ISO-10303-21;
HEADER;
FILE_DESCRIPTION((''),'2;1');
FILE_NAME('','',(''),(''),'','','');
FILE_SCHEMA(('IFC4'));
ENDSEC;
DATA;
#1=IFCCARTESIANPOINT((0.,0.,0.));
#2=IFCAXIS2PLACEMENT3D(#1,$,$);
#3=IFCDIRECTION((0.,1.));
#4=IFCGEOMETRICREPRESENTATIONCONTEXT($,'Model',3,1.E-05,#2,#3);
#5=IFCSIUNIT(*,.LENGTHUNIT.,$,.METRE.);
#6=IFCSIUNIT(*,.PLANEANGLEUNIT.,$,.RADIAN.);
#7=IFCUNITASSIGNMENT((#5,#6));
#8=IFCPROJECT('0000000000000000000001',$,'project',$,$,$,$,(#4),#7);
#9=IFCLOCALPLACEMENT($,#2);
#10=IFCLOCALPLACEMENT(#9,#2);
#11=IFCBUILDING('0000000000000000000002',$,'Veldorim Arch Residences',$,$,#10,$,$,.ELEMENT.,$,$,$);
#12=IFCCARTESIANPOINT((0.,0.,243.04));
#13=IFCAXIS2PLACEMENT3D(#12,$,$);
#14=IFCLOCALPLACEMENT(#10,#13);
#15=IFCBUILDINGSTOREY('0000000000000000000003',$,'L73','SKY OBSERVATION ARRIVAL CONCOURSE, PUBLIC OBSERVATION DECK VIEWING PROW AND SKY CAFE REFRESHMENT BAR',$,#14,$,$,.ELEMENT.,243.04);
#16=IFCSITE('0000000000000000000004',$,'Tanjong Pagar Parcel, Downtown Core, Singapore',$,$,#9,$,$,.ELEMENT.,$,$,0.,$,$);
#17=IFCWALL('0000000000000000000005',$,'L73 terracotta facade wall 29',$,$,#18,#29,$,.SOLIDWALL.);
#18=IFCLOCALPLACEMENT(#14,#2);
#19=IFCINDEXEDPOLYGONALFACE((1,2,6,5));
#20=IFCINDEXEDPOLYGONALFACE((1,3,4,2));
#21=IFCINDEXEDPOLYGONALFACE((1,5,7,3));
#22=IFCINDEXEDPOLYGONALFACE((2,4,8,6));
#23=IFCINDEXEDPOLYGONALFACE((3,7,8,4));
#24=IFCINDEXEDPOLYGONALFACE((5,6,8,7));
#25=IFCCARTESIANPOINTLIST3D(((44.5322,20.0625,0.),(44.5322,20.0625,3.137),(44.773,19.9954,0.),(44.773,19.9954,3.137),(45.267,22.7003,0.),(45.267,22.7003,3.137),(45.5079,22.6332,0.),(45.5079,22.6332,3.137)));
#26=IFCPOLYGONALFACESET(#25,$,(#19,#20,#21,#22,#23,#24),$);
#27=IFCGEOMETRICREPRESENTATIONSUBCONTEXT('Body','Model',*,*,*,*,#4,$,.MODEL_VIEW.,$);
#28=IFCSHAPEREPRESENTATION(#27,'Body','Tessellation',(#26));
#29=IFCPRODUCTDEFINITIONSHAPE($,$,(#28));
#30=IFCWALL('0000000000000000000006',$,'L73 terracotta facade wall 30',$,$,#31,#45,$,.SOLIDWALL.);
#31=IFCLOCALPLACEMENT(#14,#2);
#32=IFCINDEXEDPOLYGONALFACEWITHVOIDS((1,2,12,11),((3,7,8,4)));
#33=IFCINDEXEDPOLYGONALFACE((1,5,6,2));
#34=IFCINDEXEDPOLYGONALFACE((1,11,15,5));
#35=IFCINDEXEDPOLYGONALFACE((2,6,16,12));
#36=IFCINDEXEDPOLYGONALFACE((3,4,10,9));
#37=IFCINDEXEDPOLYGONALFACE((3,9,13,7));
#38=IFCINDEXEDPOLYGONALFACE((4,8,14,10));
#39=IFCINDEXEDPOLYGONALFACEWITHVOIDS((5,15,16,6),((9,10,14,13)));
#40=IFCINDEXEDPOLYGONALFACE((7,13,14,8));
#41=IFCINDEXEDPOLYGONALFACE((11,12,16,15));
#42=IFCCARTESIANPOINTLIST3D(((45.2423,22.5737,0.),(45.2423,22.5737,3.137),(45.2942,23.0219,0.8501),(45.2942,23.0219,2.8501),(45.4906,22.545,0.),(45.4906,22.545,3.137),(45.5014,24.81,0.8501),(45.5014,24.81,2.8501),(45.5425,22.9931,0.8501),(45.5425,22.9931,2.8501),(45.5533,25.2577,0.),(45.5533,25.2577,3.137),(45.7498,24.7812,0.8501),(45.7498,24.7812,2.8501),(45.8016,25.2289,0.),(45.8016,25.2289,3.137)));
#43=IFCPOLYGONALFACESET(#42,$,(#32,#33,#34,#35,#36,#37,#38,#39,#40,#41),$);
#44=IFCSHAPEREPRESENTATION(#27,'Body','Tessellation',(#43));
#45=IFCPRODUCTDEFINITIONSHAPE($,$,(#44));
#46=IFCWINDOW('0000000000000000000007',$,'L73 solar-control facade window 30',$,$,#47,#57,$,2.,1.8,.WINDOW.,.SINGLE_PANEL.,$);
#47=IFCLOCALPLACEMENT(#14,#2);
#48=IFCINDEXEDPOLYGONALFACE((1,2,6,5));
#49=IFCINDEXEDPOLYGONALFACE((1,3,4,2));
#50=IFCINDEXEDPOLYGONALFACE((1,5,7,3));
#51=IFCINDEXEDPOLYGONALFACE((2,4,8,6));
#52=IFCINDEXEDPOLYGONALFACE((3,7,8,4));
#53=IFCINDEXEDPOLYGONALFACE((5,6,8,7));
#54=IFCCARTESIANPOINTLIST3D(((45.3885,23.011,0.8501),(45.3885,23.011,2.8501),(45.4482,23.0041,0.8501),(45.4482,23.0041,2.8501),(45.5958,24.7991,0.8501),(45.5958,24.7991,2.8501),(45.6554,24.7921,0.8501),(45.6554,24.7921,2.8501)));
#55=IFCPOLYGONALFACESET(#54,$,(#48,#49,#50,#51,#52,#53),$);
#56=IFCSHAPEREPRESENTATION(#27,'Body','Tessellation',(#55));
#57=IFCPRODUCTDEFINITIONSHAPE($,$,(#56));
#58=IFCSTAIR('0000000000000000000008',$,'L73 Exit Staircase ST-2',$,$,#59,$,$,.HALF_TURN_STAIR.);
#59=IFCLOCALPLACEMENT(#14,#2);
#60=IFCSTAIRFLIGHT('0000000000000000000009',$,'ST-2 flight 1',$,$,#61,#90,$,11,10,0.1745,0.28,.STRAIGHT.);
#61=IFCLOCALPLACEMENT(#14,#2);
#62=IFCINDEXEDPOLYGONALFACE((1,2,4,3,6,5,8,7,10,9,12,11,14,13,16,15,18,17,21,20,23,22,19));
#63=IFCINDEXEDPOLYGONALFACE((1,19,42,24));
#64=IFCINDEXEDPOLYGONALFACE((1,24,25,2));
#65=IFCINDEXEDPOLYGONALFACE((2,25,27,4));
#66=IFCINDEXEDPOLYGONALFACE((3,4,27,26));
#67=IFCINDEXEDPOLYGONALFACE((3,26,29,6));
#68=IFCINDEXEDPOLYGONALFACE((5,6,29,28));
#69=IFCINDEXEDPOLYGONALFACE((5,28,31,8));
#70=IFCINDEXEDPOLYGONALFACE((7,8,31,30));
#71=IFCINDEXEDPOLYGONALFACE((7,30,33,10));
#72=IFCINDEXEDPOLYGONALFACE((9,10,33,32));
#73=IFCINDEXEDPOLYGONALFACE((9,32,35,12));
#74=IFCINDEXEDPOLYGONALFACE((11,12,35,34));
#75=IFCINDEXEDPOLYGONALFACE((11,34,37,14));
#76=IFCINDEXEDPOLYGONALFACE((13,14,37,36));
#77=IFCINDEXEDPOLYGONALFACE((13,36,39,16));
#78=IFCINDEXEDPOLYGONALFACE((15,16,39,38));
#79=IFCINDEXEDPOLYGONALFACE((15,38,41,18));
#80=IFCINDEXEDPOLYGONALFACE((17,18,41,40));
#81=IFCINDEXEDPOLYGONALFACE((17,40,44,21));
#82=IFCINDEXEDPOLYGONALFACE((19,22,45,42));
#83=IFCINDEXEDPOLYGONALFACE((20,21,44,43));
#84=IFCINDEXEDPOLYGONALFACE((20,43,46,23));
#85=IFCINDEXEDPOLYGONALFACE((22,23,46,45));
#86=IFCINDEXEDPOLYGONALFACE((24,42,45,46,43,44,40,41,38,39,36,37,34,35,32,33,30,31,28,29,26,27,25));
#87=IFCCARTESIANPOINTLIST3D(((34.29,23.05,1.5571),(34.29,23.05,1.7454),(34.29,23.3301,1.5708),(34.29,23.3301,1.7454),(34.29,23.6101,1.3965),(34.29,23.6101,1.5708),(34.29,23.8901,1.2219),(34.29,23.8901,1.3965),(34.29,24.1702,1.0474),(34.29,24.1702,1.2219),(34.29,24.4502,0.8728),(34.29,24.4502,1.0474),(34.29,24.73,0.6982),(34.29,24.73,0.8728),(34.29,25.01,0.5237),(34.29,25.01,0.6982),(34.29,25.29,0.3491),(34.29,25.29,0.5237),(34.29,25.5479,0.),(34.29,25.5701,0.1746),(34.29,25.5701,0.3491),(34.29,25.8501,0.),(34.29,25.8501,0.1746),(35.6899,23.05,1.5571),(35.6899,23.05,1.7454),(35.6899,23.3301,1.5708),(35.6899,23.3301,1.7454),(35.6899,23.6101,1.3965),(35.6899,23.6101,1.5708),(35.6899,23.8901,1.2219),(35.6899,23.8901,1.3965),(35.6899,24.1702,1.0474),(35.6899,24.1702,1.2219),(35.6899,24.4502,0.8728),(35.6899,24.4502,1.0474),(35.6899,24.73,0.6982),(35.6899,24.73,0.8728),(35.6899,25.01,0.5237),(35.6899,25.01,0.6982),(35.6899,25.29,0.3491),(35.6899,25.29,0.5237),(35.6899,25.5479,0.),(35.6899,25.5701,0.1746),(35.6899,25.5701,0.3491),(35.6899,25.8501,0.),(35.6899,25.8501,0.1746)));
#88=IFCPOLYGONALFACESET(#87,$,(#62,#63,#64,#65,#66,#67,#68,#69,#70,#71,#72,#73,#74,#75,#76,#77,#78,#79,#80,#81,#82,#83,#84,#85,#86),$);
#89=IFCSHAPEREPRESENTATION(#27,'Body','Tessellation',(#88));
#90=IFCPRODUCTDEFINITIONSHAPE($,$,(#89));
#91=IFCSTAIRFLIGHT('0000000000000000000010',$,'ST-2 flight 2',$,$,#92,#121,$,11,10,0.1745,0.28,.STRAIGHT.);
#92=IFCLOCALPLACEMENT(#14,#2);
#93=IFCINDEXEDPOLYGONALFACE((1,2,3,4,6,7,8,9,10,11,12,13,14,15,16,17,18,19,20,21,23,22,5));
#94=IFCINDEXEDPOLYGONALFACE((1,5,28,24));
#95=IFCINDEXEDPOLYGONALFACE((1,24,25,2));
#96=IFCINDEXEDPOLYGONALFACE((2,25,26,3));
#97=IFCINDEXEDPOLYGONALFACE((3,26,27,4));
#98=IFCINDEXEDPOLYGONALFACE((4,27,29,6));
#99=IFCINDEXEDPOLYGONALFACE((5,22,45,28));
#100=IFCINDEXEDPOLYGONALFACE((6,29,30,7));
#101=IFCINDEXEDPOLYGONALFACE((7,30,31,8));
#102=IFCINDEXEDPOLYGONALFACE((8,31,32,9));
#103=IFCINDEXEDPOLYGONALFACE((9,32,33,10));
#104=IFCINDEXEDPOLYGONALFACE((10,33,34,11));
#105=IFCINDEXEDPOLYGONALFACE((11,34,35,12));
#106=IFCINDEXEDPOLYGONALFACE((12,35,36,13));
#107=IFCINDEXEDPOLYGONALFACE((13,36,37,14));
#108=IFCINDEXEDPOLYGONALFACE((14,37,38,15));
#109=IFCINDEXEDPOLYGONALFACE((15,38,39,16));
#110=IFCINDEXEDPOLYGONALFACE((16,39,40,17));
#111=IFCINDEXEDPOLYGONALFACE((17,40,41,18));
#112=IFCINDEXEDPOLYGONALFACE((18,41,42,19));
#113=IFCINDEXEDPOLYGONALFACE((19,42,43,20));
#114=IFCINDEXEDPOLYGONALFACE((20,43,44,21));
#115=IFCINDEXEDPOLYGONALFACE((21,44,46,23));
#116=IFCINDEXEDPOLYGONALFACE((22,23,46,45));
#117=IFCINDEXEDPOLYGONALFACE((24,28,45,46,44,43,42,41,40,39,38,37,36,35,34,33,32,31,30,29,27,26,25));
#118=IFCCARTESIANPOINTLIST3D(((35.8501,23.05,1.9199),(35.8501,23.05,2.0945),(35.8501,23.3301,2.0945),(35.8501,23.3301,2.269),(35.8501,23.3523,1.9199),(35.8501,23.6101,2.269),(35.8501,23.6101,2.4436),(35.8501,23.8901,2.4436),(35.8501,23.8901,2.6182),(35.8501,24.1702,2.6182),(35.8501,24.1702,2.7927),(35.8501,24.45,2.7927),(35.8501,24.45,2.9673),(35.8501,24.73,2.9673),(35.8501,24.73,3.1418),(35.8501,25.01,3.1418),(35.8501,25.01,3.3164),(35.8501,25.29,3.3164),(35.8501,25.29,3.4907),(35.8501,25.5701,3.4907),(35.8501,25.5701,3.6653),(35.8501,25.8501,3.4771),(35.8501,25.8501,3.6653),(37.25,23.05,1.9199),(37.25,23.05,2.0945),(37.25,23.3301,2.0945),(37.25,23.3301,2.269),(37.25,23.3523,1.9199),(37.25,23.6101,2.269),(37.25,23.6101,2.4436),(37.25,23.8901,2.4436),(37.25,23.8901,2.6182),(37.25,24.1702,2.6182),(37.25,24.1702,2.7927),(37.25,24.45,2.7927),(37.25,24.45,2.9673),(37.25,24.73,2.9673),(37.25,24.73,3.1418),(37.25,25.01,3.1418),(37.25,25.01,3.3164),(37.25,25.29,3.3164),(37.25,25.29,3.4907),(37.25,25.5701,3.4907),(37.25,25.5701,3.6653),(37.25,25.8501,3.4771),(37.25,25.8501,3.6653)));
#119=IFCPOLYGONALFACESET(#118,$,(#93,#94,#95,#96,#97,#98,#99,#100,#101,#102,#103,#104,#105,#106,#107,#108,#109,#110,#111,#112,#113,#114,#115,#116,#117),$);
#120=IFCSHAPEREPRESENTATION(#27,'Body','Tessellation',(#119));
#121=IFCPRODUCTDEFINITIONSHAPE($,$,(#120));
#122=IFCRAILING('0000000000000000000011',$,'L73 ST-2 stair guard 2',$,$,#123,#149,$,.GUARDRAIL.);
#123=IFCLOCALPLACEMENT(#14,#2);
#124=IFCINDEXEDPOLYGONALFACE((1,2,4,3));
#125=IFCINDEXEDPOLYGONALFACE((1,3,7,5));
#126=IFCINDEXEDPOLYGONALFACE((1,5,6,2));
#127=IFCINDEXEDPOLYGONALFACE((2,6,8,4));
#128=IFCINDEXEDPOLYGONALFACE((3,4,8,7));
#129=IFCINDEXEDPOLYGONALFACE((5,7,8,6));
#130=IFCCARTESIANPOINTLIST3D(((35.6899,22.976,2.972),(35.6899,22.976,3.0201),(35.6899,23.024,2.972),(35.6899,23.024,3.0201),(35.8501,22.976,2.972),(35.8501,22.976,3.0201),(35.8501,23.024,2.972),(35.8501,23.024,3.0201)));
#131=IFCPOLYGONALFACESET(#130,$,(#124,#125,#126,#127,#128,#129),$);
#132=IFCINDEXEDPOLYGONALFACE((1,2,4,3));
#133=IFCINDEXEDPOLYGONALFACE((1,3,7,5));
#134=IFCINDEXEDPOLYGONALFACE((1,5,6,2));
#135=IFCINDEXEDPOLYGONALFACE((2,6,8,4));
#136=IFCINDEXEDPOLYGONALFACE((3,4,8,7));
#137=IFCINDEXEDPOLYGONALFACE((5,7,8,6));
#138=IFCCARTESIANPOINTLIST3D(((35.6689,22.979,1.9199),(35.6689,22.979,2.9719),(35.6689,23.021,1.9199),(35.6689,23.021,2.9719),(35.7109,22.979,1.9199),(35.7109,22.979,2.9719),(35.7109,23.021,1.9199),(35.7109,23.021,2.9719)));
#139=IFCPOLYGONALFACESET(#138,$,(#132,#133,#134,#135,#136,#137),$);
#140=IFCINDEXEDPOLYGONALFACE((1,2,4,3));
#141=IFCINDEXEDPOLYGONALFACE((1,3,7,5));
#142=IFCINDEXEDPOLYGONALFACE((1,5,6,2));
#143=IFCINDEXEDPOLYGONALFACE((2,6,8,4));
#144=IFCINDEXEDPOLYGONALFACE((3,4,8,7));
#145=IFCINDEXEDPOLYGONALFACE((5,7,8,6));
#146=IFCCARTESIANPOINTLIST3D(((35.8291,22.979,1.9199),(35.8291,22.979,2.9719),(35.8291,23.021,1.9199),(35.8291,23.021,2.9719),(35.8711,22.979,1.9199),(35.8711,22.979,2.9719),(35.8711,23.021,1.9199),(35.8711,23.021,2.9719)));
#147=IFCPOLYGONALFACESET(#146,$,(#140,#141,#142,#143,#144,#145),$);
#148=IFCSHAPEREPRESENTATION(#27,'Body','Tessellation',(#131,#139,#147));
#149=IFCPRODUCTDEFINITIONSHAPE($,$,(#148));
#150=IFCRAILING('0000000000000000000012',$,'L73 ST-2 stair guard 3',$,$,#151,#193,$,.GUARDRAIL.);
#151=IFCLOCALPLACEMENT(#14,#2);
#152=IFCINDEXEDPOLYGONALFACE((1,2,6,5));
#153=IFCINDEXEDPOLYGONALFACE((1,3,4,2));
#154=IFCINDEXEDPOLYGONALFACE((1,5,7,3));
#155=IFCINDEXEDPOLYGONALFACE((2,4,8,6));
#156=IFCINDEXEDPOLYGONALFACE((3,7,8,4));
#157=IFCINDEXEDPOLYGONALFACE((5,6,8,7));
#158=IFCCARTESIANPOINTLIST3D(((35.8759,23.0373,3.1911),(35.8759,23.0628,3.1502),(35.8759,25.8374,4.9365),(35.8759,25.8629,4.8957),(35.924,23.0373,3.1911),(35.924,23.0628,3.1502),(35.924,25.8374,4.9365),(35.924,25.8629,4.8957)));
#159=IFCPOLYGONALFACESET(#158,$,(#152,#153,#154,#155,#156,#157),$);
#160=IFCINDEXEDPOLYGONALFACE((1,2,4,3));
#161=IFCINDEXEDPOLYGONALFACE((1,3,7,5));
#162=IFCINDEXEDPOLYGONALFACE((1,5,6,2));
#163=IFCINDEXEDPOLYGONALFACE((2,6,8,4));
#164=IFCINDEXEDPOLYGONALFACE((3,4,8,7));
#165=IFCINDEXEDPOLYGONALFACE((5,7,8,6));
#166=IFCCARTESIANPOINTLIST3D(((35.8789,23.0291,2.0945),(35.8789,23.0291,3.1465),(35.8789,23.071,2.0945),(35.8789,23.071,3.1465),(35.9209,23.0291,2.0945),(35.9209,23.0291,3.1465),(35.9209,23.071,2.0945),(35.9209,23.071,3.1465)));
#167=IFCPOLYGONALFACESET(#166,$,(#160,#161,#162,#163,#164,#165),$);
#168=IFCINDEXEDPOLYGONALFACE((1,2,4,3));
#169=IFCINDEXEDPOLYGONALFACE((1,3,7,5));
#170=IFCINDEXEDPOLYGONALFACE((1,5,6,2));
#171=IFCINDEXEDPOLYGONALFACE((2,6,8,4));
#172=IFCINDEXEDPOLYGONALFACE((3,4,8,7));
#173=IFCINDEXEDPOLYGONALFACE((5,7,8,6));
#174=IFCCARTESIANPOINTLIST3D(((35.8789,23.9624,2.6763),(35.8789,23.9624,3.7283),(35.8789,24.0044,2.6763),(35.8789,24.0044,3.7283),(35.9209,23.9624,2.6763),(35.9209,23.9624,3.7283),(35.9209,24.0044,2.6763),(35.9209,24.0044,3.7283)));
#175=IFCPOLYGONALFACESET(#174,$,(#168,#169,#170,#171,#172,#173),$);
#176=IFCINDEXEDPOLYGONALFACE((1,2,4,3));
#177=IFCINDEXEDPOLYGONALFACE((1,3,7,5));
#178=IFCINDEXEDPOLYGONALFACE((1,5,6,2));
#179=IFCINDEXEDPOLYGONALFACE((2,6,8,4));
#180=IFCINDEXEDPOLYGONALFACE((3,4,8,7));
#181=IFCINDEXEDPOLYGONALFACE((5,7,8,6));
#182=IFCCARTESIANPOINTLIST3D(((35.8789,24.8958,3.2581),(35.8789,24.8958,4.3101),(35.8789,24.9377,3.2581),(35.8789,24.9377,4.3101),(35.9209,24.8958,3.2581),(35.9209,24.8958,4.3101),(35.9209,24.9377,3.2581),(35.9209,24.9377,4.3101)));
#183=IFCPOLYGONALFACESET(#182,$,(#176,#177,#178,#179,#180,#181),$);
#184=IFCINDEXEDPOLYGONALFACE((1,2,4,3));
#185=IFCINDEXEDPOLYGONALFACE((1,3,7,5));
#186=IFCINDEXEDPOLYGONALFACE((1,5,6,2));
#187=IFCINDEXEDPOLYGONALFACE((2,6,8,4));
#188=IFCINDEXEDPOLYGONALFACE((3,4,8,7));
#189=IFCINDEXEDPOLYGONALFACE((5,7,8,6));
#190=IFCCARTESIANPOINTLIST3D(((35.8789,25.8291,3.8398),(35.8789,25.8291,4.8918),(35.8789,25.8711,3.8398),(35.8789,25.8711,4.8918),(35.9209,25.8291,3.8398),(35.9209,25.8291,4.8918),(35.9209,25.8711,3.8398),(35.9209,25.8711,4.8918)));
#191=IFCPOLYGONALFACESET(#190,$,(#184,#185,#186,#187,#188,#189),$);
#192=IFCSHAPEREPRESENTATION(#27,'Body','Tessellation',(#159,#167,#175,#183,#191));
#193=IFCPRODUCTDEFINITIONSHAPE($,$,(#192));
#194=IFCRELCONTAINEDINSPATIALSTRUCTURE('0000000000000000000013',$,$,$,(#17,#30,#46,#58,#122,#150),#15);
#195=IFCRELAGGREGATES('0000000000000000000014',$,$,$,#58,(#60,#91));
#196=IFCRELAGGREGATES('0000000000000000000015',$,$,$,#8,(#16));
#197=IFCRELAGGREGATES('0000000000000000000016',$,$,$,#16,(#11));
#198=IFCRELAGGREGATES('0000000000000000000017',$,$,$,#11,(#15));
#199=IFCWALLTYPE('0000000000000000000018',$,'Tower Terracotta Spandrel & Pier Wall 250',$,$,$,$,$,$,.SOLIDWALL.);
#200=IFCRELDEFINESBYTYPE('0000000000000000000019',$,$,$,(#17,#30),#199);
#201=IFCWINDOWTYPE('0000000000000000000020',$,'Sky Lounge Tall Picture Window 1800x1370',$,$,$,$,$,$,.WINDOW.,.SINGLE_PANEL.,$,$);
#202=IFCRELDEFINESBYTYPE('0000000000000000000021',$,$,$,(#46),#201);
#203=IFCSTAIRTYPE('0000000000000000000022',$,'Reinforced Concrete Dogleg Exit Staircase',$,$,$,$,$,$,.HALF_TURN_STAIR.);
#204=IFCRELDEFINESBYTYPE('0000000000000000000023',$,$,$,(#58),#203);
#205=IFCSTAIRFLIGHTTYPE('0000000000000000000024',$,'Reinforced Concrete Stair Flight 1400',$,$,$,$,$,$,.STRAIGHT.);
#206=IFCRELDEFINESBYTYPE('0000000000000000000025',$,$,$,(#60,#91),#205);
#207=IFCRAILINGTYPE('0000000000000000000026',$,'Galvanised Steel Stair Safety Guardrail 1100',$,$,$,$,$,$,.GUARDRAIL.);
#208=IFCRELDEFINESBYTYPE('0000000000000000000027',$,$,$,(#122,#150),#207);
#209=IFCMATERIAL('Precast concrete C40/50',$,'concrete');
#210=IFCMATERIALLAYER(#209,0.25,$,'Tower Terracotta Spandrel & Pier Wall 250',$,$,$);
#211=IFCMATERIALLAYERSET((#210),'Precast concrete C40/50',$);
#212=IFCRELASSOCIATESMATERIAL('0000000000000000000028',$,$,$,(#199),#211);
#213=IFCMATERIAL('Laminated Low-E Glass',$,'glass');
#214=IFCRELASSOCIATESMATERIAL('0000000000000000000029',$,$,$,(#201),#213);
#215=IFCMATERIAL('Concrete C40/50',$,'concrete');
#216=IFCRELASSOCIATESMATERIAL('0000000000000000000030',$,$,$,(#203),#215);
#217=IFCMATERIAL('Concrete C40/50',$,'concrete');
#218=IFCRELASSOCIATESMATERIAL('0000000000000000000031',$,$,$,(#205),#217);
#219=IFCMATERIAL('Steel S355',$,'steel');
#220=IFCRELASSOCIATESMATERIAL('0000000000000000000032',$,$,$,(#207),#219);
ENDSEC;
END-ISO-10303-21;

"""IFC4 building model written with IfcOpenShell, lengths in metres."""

from ifc_helpers import new_model, si_unit, direction, frame, frame_2d, origin, origin_2d, place, context, subcontext, project, spatial, polyline, rectangle, outline, extrude, material, layer, layer_set, type_object, element, fill, aggregate, save


model = new_model("IFC4")

# Units and contexts
model_context = context("Model", 3, precision=1e-05, world=origin(), true_north=direction((0.0, 1.0)))
body_context = subcontext(model_context, "Body", "Model", "MODEL_VIEW")
ifc_project = project(units=[si_unit("LENGTHUNIT", "METRE"), si_unit("PLANEANGLEUNIT", "RADIAN")], contexts=[model_context])

# Site, building, storey
site_placement = place(None, origin())
site = spatial("IfcSite", under=ifc_project, at=site_placement, Name="Tanjong Pagar Parcel, Downtown Core, Singapore", CompositionType="ELEMENT", RefElevation=0.0)
building_placement = place(site_placement, origin())
building = spatial("IfcBuilding", under=site, at=building_placement, Name="Veldorim Arch Residences", CompositionType="ELEMENT")
storey_placement = place(building_placement, frame((0.0, 0.0, 243.04)))
storey = spatial("IfcBuildingStorey", under=building, at=storey_placement, Name="L73", Description="SKY OBSERVATION ARRIVAL CONCOURSE, PUBLIC OBSERVATION DECK VIEWING PROW AND SKY CAFE REFRESHMENT BAR", CompositionType="ELEMENT", Elevation=243.04)

# Shared definitions
ifc_material_1 = material(Name="Precast concrete C40/50", Category="concrete")
ifc_layer_1 = layer(ifc_material_1, 0.25, Name="Tower Terracotta Spandrel & Pier Wall 250")
ifc_layer_set_1 = layer_set([ifc_layer_1], Name="Precast concrete C40/50")
wall_type_1 = type_object("IfcWallType", Name="Tower Terracotta Spandrel & Pier Wall 250", PredefinedType="SOLIDWALL", material=ifc_layer_set_1)

# Shared definitions
ifc_material_2 = material(Name="Laminated Low-E Glass", Category="glass")
window_type = type_object("IfcWindowType", Name="Sky Lounge Tall Picture Window 1800x1370", PartitioningType="SINGLE_PANEL", PredefinedType="WINDOW", material=ifc_material_2)

# Wall
wall_1_placement = place(storey_placement, frame((45.3875, 22.6667, 0.0), z_axis=(0.0, 0.0, 1.0), x_axis=(-0.268357, -0.96332, 0.0)))
element("IfcWall", 1, at=wall_1_placement, inside=storey, type_object=wall_type_1, Name="L73 terracotta facade wall 29", PredefinedType="SOLIDWALL", context=body_context, shape_type="SweptSolid", body=[
    extrude(rectangle(XDim=2.7383, YDim=0.25, at=frame_2d((1.3691, 0.0))), origin(), (0.0, 0.0, 1.0), 3.137),
])

# Wall, opening, window
wall_2_placement = place(storey_placement, frame((45.6775, 25.2434, 0.0), z_axis=(0.0, 0.0, 1.0), x_axis=(-0.115121, -0.993351, 0.0)))
wall_2 = element("IfcWall", 2, at=wall_2_placement, inside=storey, type_object=wall_type_1, Name="L73 terracotta facade wall 30", PredefinedType="SOLIDWALL", context=body_context, shape_type="SweptSolid", body=[
    extrude(rectangle(XDim=2.7019, YDim=0.25, at=frame_2d((1.3511, 0.0))), origin(), (0.0, 0.0, 1.0), 3.137),
])
opening_1_placement = place(wall_2_placement, frame((0.4509, 0.0, 0.8501)))
opening_1 = element("IfcOpeningElement", 3, at=opening_1_placement, cuts=wall_2, PredefinedType="OPENING", context=body_context, shape_type="SweptSolid", body=[
    extrude(rectangle(XDim=1.8, YDim=2.0, at=frame_2d((0.8999, 1.0))), frame((0.0, 0.135, 0.0), z_axis=(0.0, -1.0, 0.0), x_axis=(1.0, 0.0, 0.0)), (0.0, 0.0, 1.0), 0.27),
])
window_1_placement = place(opening_1_placement, origin())
window_1 = element("IfcWindow", 4, at=window_1_placement, inside=storey, type_object=window_type, Name="L73 solar-control facade window 30", OverallHeight=2.0, OverallWidth=1.8, PartitioningType="SINGLE_PANEL", PredefinedType="WINDOW", context=body_context, shape_type="SweptSolid", body=[
    extrude(rectangle(XDim=1.8, YDim=2.0, at=frame_2d((0.8999, 1.0))), frame((0.0, 0.03, 0.0), z_axis=(0.0, -1.0, 0.0), x_axis=(1.0, 0.0, 0.0)), (0.0, 0.0, 1.0), 0.0601),
])
fill(opening_1, window_1)

# Stair, stair flights
ifc_material_3 = material(Name="Concrete C40/50", Category="concrete")
stair_type = type_object("IfcStairType", Name="Reinforced Concrete Dogleg Exit Staircase", PredefinedType="HALF_TURN_STAIR", material=ifc_material_3)
stair_placement = place(storey_placement, origin())
stair = element("IfcStair", 5, at=stair_placement, inside=storey, type_object=stair_type, Name="L73 Exit Staircase ST-2", PredefinedType="HALF_TURN_STAIR")
ifc_material_4 = material(Name="Concrete C40/50", Category="concrete")
stair_flight_type = type_object("IfcStairFlightType", Name="Reinforced Concrete Stair Flight 1400", PredefinedType="STRAIGHT", material=ifc_material_4)
stair_flight_1_placement = place(storey_placement, frame((34.99, 25.8501, 0.0), z_axis=(0.0, 0.0, 1.0), x_axis=(0.0, -1.0, 0.0)))
stair_flight_1 = element("IfcStairFlight", 6, at=stair_flight_1_placement, type_object=stair_flight_type, Name="ST-2 flight 1", NumberOfRisers=11, NumberOfTreads=10, PredefinedType="STRAIGHT", RiserHeight=0.1745, TreadLength=0.28, context=body_context, shape_type="SweptSolid", body=[
    extrude(outline(polyline([(0.0, 0.0), (0.0, 0.1746), (0.28, 0.1746), (0.28, 0.3491), (0.5601, 0.3491), (0.5601, 0.5237), (0.8401, 0.5237), (0.8401, 0.6982), (1.1201, 0.6982), (1.1201, 0.8728), (1.3999, 0.8728), (1.3999, 1.0474), (1.6799, 1.0474), (1.6799, 1.2219), (1.96, 1.2219), (1.96, 1.3965), (2.24, 1.3965), (2.24, 1.5708), (2.52, 1.5708), (2.52, 1.7454), (2.8, 1.7454), (2.8, 1.9199), (2.8, 1.5571), (0.3022, 0.0), (0.0, 0.0)])), frame((0.0, 0.7, 0.0), z_axis=(0.0, -1.0, 0.0), x_axis=(1.0, 0.0, 0.0)), (0.0, 0.0, 1.0), 1.3999),
])
stair_flight_2_placement = place(storey_placement, frame((36.55, 23.05, 1.9199), z_axis=(0.0, 0.0, 1.0), x_axis=(0.0, 1.0, 0.0)))
stair_flight_2 = element("IfcStairFlight", 7, at=stair_flight_2_placement, type_object=stair_flight_type, Name="ST-2 flight 2", NumberOfRisers=11, NumberOfTreads=10, PredefinedType="STRAIGHT", RiserHeight=0.1745, TreadLength=0.28, context=body_context, shape_type="SweptSolid", body=[
    extrude(outline(polyline([(0.0, 0.0), (0.0, 0.1746), (0.28, 0.1746), (0.28, 0.3491), (0.5601, 0.3491), (0.5601, 0.5237), (0.8401, 0.5237), (0.8401, 0.6982), (1.1201, 0.6982), (1.1201, 0.8728), (1.3999, 0.8728), (1.3999, 1.0474), (1.6799, 1.0474), (1.6799, 1.2219), (1.96, 1.2219), (1.96, 1.3965), (2.24, 1.3965), (2.24, 1.5708), (2.52, 1.5708), (2.52, 1.7454), (2.8, 1.7454), (2.8, 1.9199), (2.8, 1.5571), (0.3022, 0.0), (0.0, 0.0)])), frame((0.0, 0.7, 0.0), z_axis=(0.0, -1.0, 0.0), x_axis=(1.0, 0.0, 0.0)), (0.0, 0.0, 1.0), 1.3999),
])
aggregate(stair, [stair_flight_1, stair_flight_2])

# Railings
ifc_material_5 = material(Name="Steel S355", Category="steel")
railing_type_1 = type_object("IfcRailingType", Name="Galvanised Steel Stair Safety Guardrail 1100", PredefinedType="GUARDRAIL", material=ifc_material_5)
railing_1_placement = place(storey_placement, frame((35.6899, 23.0, 1.9199)))
element("IfcRailing", 8, at=railing_1_placement, inside=storey, type_object=railing_type_1, Name="L73 ST-2 stair guard 2", PredefinedType="GUARDRAIL", context=body_context, shape_type="SweptSolid", body=[
    extrude(rectangle(XDim=0.0481, YDim=0.0481, at=origin_2d()), frame((0.0, 0.0, 1.0762), z_axis=(1.0, 0.0, 0.0), x_axis=(0.0, 1.0, 0.0)), (0.0, 0.0, 1.0), 0.1602),
    extrude(rectangle(XDim=0.042, YDim=0.042, at=origin_2d()), origin(), (0.0, 0.0, 1.0), 1.052),
    extrude(rectangle(XDim=0.042, YDim=0.042, at=origin_2d()), frame((0.1602, 0.0, 0.0)), (0.0, 0.0, 1.0), 1.052),
])
railing_2_placement = place(storey_placement, frame((35.8999, 23.05, 2.0945)))
element("IfcRailing", 9, at=railing_2_placement, inside=storey, type_object=railing_type_1, Name="L73 ST-2 stair guard 3", PredefinedType="GUARDRAIL", context=body_context, shape_type="SweptSolid", body=[
    extrude(rectangle(XDim=0.0481, YDim=0.0481, at=origin_2d()), frame((0.0, 0.0, 1.0762), z_axis=(0.0, 0.848634, 0.528981), x_axis=(-1.0, 0.0, 0.0)), (0.0, 0.0, 1.0), 3.2996),
    extrude(rectangle(XDim=0.042, YDim=0.042, at=origin_2d()), origin(), (0.0, 0.0, 1.0), 1.052),
    extrude(rectangle(XDim=0.042, YDim=0.042, at=origin_2d()), frame((0.0, 0.9333, 0.5818)), (0.0, 0.0, 1.0), 1.052),
    extrude(rectangle(XDim=0.042, YDim=0.042, at=origin_2d()), frame((0.0, 1.8667, 1.1636)), (0.0, 0.0, 1.0), 1.052),
    extrude(rectangle(XDim=0.042, YDim=0.042, at=origin_2d()), frame((0.0, 2.8, 1.7454)), (0.0, 0.0, 1.0), 1.052),
])

save(model, "model.ifc")
